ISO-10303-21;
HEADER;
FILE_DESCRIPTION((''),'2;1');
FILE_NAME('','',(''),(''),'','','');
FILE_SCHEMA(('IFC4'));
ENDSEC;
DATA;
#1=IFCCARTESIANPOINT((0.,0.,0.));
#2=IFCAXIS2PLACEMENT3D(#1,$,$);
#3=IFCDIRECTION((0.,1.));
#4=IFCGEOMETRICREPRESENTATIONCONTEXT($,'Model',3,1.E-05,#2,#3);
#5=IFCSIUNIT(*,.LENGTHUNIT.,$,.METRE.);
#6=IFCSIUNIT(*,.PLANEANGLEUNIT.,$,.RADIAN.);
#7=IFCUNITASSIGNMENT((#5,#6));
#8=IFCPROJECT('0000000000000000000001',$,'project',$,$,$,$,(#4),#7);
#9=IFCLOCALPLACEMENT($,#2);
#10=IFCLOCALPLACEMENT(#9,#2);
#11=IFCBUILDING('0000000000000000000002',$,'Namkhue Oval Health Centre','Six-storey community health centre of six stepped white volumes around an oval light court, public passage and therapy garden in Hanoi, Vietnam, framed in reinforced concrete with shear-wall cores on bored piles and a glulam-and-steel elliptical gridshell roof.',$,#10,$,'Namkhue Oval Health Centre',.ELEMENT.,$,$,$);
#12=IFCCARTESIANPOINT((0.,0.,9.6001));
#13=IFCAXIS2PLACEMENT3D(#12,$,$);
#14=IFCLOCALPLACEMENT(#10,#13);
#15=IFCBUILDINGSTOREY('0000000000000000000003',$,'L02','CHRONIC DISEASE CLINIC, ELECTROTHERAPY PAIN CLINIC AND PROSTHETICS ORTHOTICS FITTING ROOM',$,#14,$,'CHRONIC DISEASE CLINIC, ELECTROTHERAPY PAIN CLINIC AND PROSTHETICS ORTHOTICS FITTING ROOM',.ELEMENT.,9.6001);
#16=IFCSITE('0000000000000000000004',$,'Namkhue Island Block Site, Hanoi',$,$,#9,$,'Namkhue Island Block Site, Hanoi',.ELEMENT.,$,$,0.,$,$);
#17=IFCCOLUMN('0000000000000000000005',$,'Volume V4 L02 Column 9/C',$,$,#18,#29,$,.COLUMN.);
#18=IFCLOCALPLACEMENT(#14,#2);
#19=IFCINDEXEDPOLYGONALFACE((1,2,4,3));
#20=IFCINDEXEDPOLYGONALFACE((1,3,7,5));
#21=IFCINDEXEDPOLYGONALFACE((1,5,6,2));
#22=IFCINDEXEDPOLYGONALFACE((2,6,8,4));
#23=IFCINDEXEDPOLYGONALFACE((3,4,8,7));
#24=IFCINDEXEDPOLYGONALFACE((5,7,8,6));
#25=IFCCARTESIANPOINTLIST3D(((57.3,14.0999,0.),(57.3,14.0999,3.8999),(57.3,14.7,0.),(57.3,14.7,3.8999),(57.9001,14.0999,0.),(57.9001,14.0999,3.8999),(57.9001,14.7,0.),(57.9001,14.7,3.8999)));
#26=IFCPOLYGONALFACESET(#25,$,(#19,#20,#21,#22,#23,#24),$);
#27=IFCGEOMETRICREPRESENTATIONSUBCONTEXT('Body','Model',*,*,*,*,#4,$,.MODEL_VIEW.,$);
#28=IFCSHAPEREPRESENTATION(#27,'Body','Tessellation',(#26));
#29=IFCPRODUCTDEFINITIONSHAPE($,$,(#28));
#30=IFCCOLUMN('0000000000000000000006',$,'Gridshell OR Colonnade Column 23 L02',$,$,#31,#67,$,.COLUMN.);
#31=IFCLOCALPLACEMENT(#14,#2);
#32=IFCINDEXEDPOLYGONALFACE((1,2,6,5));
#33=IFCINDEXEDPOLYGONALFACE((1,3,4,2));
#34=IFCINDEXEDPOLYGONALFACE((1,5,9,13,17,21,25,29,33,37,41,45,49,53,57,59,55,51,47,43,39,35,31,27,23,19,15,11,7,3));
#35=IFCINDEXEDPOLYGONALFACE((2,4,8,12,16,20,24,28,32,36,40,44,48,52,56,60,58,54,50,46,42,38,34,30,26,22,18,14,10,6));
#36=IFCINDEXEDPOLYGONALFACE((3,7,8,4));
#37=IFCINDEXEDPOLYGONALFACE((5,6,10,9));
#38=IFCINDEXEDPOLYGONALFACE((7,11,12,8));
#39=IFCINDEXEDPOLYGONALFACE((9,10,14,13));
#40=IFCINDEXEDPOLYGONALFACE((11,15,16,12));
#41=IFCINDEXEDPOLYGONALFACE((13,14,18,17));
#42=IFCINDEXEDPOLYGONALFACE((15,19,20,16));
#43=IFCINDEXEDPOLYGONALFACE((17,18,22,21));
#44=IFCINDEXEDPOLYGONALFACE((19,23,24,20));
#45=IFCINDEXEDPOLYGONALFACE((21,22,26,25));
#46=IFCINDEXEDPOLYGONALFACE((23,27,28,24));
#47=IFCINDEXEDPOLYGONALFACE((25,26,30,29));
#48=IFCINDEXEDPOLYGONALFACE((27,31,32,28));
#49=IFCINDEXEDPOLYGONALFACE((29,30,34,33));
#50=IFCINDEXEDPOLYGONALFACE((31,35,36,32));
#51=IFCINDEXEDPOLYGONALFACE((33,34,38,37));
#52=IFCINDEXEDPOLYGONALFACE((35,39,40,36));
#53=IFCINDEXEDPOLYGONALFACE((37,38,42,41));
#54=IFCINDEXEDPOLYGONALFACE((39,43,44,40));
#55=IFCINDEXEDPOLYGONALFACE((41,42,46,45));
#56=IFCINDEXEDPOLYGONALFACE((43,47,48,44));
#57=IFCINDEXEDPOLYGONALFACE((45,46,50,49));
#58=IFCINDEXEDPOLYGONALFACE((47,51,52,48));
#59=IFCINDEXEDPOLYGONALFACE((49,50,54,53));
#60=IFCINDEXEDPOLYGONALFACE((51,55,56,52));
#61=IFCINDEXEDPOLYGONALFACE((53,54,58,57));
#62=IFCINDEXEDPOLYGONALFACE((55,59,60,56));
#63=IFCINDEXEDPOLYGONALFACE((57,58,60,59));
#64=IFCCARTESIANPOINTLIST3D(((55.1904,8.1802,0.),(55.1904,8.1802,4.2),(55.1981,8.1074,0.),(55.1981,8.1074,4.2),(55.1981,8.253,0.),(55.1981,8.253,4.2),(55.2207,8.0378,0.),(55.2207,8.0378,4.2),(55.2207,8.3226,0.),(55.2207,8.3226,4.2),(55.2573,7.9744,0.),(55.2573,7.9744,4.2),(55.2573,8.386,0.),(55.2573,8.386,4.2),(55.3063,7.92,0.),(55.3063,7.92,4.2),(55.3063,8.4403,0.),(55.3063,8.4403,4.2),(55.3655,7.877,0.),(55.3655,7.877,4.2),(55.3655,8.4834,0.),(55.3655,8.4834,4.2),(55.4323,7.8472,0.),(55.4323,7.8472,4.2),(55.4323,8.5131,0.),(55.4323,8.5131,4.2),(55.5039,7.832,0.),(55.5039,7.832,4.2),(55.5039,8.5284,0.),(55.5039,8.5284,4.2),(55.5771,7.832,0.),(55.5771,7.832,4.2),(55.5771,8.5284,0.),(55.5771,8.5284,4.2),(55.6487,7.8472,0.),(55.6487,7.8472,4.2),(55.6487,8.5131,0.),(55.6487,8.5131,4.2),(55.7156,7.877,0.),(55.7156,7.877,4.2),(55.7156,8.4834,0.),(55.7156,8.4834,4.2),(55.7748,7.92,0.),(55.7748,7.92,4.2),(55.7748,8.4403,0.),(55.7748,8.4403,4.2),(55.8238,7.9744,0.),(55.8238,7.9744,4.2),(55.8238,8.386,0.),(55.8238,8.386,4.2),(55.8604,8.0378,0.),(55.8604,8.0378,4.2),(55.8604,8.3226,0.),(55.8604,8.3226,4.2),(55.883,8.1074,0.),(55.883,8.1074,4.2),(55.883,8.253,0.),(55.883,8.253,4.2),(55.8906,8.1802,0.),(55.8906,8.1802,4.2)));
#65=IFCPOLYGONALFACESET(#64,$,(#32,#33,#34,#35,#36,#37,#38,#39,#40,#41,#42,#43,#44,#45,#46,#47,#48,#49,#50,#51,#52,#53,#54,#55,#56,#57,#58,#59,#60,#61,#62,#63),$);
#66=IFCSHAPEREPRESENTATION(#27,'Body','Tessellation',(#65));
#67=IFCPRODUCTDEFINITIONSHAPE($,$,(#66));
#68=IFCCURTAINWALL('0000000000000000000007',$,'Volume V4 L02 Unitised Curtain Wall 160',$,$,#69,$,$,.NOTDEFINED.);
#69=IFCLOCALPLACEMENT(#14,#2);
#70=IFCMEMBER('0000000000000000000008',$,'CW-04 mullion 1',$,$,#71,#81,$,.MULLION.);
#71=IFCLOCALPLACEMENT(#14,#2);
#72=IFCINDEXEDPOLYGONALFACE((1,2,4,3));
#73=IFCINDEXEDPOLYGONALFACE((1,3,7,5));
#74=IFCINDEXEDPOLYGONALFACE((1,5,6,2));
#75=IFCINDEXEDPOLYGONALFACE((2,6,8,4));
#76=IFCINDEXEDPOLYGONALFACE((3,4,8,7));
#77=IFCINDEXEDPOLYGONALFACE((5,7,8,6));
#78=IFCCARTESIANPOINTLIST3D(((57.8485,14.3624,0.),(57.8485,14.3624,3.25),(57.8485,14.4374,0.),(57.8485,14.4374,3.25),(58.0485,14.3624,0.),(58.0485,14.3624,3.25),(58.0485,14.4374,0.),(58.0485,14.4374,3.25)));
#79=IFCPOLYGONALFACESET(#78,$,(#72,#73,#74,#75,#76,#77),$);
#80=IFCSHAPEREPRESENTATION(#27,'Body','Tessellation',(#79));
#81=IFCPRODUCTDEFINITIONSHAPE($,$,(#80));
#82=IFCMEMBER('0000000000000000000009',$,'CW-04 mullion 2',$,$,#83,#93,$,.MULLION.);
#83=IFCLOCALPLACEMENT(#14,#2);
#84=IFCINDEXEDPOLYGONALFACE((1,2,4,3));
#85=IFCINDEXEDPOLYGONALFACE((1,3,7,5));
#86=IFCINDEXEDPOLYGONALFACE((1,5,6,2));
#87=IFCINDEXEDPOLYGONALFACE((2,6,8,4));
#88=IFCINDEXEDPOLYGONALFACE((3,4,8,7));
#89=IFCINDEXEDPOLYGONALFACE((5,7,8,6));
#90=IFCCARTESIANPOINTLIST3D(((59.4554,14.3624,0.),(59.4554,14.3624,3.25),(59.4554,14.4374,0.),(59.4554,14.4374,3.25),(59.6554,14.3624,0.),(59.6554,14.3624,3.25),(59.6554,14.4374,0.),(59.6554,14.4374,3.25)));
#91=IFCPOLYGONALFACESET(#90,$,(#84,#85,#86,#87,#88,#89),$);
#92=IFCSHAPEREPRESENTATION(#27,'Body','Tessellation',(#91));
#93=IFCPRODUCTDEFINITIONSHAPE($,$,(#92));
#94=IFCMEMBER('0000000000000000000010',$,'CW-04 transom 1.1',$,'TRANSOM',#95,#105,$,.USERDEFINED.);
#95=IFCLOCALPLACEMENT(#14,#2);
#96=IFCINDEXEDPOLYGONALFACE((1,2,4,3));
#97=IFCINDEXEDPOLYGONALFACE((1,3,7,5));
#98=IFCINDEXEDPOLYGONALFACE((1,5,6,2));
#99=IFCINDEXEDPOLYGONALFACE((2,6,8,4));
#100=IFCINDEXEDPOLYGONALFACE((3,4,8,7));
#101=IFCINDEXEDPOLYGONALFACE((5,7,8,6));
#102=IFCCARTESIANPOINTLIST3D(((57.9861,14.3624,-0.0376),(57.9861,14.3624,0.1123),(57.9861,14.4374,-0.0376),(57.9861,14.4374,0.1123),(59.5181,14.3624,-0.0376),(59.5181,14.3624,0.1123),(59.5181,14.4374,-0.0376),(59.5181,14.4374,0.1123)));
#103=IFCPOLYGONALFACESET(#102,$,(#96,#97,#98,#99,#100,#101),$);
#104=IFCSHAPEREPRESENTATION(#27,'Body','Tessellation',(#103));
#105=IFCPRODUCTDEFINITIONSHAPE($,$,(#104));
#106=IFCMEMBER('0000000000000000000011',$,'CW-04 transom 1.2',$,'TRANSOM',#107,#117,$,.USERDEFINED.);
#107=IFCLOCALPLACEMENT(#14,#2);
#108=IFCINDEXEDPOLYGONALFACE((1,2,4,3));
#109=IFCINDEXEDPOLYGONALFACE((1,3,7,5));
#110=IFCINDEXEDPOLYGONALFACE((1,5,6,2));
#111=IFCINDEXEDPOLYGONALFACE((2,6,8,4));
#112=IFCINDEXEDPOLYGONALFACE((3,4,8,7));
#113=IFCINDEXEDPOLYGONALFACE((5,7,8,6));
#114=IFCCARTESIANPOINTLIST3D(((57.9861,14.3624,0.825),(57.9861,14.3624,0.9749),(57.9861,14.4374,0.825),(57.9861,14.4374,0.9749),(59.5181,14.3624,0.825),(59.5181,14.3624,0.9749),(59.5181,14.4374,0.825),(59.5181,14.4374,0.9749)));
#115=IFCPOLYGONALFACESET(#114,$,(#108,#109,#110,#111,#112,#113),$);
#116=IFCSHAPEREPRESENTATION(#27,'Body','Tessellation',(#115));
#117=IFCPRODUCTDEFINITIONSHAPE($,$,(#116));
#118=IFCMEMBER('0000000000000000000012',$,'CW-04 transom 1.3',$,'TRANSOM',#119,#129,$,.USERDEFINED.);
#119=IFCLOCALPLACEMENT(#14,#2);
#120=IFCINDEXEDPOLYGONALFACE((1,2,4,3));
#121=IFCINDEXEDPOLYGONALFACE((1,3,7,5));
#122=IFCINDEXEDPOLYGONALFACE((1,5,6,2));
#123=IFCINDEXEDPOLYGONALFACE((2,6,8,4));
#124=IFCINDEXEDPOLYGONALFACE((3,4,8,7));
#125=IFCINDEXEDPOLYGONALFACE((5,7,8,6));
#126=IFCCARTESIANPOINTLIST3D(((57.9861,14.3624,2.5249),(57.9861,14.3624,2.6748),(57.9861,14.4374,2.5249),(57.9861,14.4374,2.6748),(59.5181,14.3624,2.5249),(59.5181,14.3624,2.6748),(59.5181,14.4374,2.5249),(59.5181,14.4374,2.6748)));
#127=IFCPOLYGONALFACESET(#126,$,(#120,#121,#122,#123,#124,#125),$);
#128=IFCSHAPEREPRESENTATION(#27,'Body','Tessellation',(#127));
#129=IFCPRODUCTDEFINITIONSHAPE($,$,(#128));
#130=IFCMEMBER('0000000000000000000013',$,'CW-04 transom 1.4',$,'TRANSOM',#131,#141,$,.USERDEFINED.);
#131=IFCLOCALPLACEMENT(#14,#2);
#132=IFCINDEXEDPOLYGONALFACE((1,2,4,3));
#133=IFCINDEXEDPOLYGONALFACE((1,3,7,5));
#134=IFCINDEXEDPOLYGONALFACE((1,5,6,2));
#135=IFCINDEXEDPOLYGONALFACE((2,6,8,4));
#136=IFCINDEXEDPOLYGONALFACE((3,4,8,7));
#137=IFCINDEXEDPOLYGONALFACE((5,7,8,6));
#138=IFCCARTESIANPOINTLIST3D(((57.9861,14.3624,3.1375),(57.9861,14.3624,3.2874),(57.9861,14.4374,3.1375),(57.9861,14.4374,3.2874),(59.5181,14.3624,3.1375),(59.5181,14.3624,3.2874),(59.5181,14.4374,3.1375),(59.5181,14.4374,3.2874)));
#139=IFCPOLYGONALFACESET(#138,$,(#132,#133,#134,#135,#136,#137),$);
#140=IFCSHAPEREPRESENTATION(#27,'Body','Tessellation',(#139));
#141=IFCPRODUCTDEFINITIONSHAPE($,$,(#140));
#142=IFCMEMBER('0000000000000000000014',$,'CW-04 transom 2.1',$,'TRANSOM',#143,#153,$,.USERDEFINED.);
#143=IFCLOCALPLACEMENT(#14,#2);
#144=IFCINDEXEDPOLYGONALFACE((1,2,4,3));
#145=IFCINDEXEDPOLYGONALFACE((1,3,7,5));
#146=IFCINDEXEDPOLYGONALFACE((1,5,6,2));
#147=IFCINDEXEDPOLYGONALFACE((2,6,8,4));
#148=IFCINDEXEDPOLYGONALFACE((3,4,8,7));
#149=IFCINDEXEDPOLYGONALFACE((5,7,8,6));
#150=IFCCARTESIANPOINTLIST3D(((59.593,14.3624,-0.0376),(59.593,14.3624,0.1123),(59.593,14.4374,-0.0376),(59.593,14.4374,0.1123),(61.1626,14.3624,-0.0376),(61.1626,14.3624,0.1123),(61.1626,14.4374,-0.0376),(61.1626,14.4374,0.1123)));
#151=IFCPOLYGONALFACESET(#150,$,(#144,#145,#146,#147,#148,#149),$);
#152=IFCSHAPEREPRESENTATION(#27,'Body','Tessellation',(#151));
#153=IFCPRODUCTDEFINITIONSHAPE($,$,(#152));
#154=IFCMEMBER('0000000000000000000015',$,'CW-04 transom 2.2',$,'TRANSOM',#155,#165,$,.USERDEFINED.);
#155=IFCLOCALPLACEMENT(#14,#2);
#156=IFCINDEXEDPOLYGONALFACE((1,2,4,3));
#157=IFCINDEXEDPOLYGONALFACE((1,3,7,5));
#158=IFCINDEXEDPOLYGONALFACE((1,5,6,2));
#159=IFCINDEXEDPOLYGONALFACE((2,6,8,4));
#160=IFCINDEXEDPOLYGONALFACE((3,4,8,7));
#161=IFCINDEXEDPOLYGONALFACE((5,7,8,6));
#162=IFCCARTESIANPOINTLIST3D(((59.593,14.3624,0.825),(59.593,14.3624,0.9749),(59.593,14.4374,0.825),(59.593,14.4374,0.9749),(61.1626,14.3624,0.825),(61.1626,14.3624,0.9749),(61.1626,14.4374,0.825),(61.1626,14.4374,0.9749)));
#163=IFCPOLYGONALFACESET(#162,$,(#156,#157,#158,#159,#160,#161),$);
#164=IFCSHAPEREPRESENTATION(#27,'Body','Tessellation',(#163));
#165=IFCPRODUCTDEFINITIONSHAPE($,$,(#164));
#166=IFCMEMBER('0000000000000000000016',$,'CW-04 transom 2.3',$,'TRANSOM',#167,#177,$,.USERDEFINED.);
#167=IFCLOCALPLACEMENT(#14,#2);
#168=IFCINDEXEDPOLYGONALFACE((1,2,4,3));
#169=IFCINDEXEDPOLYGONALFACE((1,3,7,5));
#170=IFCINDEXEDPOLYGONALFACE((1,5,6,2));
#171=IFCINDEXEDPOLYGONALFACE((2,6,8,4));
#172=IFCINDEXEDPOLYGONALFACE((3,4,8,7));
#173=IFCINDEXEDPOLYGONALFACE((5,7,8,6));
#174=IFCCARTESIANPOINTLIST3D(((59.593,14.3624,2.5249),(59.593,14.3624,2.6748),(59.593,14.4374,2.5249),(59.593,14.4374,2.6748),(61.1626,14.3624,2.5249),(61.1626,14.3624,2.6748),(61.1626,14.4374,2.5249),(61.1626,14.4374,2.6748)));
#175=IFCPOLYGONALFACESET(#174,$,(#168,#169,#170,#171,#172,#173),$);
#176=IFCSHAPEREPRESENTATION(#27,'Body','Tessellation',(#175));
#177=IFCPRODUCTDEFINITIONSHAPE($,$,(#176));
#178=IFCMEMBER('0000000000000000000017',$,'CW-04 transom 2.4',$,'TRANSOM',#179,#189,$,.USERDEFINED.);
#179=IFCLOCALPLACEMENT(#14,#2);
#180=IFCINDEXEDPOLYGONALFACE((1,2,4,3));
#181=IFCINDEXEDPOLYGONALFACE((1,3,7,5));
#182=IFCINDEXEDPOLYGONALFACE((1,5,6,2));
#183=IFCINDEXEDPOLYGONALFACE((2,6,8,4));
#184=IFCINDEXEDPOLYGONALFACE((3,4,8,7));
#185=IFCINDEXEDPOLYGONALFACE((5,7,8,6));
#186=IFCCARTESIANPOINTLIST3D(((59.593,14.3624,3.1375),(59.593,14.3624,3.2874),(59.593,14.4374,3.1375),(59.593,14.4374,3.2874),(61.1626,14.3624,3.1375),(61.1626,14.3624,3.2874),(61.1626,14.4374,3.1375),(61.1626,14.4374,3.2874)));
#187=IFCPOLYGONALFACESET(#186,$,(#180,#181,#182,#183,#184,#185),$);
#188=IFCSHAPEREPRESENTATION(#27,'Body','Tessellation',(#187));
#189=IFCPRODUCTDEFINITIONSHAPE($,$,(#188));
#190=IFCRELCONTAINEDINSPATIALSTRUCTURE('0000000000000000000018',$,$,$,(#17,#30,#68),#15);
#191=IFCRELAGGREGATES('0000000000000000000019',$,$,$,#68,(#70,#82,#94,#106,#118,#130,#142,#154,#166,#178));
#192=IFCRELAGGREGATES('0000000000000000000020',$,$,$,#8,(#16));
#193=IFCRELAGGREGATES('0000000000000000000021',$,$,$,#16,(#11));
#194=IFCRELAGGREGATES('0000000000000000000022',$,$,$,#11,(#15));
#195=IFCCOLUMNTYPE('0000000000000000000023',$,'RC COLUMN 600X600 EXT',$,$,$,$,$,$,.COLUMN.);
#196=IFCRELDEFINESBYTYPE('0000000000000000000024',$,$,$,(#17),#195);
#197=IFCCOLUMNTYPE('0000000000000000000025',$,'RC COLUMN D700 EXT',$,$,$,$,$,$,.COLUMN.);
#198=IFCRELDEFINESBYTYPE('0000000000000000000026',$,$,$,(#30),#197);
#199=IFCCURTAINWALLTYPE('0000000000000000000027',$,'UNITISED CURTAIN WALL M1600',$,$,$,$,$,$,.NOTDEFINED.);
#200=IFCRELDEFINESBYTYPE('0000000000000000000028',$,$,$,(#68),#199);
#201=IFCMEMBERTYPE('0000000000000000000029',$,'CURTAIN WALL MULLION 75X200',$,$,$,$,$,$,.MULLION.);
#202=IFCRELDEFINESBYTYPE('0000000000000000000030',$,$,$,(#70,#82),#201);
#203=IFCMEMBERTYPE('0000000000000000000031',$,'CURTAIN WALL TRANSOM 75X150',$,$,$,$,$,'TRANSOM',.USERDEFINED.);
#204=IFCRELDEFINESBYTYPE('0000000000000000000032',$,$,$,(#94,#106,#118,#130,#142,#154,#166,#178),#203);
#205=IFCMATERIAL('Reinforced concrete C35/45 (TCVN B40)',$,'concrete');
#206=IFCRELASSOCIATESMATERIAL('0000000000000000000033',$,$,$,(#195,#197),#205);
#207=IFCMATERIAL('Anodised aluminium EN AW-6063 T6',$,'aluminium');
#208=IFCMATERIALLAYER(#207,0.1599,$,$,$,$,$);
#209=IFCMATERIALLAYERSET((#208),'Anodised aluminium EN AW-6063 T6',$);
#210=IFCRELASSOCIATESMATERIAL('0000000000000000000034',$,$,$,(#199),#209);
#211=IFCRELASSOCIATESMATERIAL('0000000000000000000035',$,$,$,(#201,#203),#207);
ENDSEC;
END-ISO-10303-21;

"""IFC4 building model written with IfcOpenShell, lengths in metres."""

from ifc_helpers import new_model, si_unit, direction, frame, origin, origin_2d, place, context, subcontext, project, spatial, rectangle, circle, extrude, material, layer, layer_set, material_profile, profile_set, type_object, element, aggregate, save


model = new_model("IFC4")

# Units and contexts
model_context = context("Model", 3, precision=1e-05, world=origin(), true_north=direction((0.0, 1.0)))
body_context = subcontext(model_context, "Body", "Model", "MODEL_VIEW")
ifc_project = project(units=[si_unit("LENGTHUNIT", "METRE"), si_unit("PLANEANGLEUNIT", "RADIAN")], contexts=[model_context])

# Site, building, storey
site_placement = place(None, origin())
site = spatial("IfcSite", under=ifc_project, at=site_placement, Name="Namkhue Island Block Site, Hanoi", LongName="Namkhue Island Block Site, Hanoi", CompositionType="ELEMENT", RefElevation=0.0)
building_placement = place(site_placement, origin())
building = spatial("IfcBuilding", under=site, at=building_placement, Name="Namkhue Oval Health Centre", Description="Six-storey community health centre of six stepped white volumes around an oval light court, public passage and therapy garden in Hanoi, Vietnam, framed in reinforced concrete with shear-wall cores on bored piles and a glulam-and-steel elliptical gridshell roof.", LongName="Namkhue Oval Health Centre", CompositionType="ELEMENT")
storey_placement = place(building_placement, frame((0.0, 0.0, 9.6001)))
storey = spatial("IfcBuildingStorey", under=building, at=storey_placement, Name="L02", Description="CHRONIC DISEASE CLINIC, ELECTROTHERAPY PAIN CLINIC AND PROSTHETICS ORTHOTICS FITTING ROOM", LongName="CHRONIC DISEASE CLINIC, ELECTROTHERAPY PAIN CLINIC AND PROSTHETICS ORTHOTICS FITTING ROOM", CompositionType="ELEMENT", Elevation=9.6001)

# Columns
ifc_material_1 = material(Name="Reinforced concrete C35/45 (TCVN B40)", Category="concrete")
ifc_material_profile_1 = material_profile(ifc_material_1, rectangle(XDim=0.6001, YDim=0.6001, at=origin_2d()), Name="RC 600x600")
ifc_profile_set_1 = profile_set([ifc_material_profile_1], Name="Reinforced concrete C35/45 (TCVN B40)")
column_type_1 = type_object("IfcColumnType", Name="RC COLUMN 600X600 EXT", PredefinedType="COLUMN", material=ifc_profile_set_1)
column_1_placement = place(storey_placement, frame((57.6001, 14.3999, 0.0), z_axis=(0.0, 0.0, 1.0), x_axis=(1.0, 0.0, 0.0)))
element("IfcColumn", 1, at=column_1_placement, inside=storey, type_object=column_type_1, Name="Volume V4 L02 Column 9/C", PredefinedType="COLUMN", context=body_context, shape_type="SweptSolid", body=[
    extrude(rectangle(XDim=0.6001, YDim=0.6001, at=origin_2d()), origin(), (0.0, 0.0, 1.0), 3.8999),
])
ifc_material_profile_2 = material_profile(ifc_material_1, circle(Radius=0.3501, at=origin_2d()), Name="RC D700")
ifc_profile_set_2 = profile_set([ifc_material_profile_2], Name="Reinforced concrete C35/45 (TCVN B40)")
column_type_2 = type_object("IfcColumnType", Name="RC COLUMN D700 EXT", PredefinedType="COLUMN", material=ifc_profile_set_2)
column_2_placement = place(storey_placement, frame((55.5405, 8.1802, 0.0), z_axis=(0.0, 0.0, 1.0), x_axis=(1.0, 0.0, 0.0)))
element("IfcColumn", 2, at=column_2_placement, inside=storey, type_object=column_type_2, Name="Gridshell OR Colonnade Column 23 L02", PredefinedType="COLUMN", context=body_context, shape_type="SweptSolid", body=[
    extrude(circle(Radius=0.3501, at=origin_2d()), origin(), (0.0, 0.0, 1.0), 4.2),
])

# Curtain wall, members
ifc_material_2 = material(Name="Anodised aluminium EN AW-6063 T6", Category="aluminium")
ifc_layer_1 = layer(ifc_material_2, 0.1599)
ifc_layer_set_1 = layer_set([ifc_layer_1], Name="Anodised aluminium EN AW-6063 T6")
curtain_wall_type = type_object("IfcCurtainWallType", Name="UNITISED CURTAIN WALL M1600", PredefinedType="NOTDEFINED", material=ifc_layer_set_1)
curtain_wall_placement = place(storey_placement, origin())
curtain_wall = element("IfcCurtainWall", 3, at=curtain_wall_placement, inside=storey, type_object=curtain_wall_type, Name="Volume V4 L02 Unitised Curtain Wall 160", PredefinedType="NOTDEFINED")
ifc_material_profile_3 = material_profile(ifc_material_2, rectangle(XDim=0.075, YDim=0.2, at=origin_2d()), Name="ALU 75x200")
ifc_profile_set_3 = profile_set([ifc_material_profile_3], Name="Anodised aluminium EN AW-6063 T6")
member_type_1 = type_object("IfcMemberType", Name="CURTAIN WALL MULLION 75X200", PredefinedType="MULLION", material=ifc_profile_set_3)
member_1_placement = place(storey_placement, frame((57.9485, 14.3999, 0.0), z_axis=(0.0, 0.0, 1.0), x_axis=(0.0, 1.0, 0.0)))
member_1 = element("IfcMember", 4, at=member_1_placement, type_object=member_type_1, Name="CW-04 mullion 1", PredefinedType="MULLION", context=body_context, shape_type="SweptSolid", body=[
    extrude(rectangle(XDim=0.075, YDim=0.2, at=origin_2d()), origin(), (0.0, 0.0, 1.0), 3.25),
])
member_2_placement = place(storey_placement, frame((59.5554, 14.3999, 0.0), z_axis=(0.0, 0.0, 1.0), x_axis=(0.0, 1.0, 0.0)))
member_2 = element("IfcMember", 5, at=member_2_placement, type_object=member_type_1, Name="CW-04 mullion 2", PredefinedType="MULLION", context=body_context, shape_type="SweptSolid", body=[
    extrude(rectangle(XDim=0.075, YDim=0.2, at=origin_2d()), origin(), (0.0, 0.0, 1.0), 3.25),
])
ifc_material_profile_4 = material_profile(ifc_material_2, rectangle(XDim=0.075, YDim=0.1499, at=origin_2d()), Name="ALU 75x150")
ifc_profile_set_4 = profile_set([ifc_material_profile_4], Name="Anodised aluminium EN AW-6063 T6")
member_type_2 = type_object("IfcMemberType", Name="CURTAIN WALL TRANSOM 75X150", ElementType="TRANSOM", PredefinedType="USERDEFINED", material=ifc_profile_set_4)
member_3_placement = place(storey_placement, frame((57.9861, 14.3999, 0.0374), z_axis=(1.0, 0.0, 0.0), x_axis=(0.0, 1.0, 0.0)))
member_3 = element("IfcMember", 6, at=member_3_placement, type_object=member_type_2, Name="CW-04 transom 1.1", ObjectType="TRANSOM", PredefinedType="USERDEFINED", context=body_context, shape_type="SweptSolid", body=[
    extrude(rectangle(XDim=0.075, YDim=0.1499, at=origin_2d()), origin(), (0.0, 0.0, 1.0), 1.532),
])
member_4_placement = place(storey_placement, frame((57.9861, 14.3999, 0.8999), z_axis=(1.0, 0.0, 0.0), x_axis=(0.0, 1.0, 0.0)))
member_4 = element("IfcMember", 7, at=member_4_placement, type_object=member_type_2, Name="CW-04 transom 1.2", ObjectType="TRANSOM", PredefinedType="USERDEFINED", context=body_context, shape_type="SweptSolid", body=[
    extrude(rectangle(XDim=0.075, YDim=0.1499, at=origin_2d()), origin(), (0.0, 0.0, 1.0), 1.532),
])
member_5_placement = place(storey_placement, frame((57.9861, 14.3999, 2.5999), z_axis=(1.0, 0.0, 0.0), x_axis=(0.0, 1.0, 0.0)))
member_5 = element("IfcMember", 8, at=member_5_placement, type_object=member_type_2, Name="CW-04 transom 1.3", ObjectType="TRANSOM", PredefinedType="USERDEFINED", context=body_context, shape_type="SweptSolid", body=[
    extrude(rectangle(XDim=0.075, YDim=0.1499, at=origin_2d()), origin(), (0.0, 0.0, 1.0), 1.532),
])
member_6_placement = place(storey_placement, frame((57.9861, 14.3999, 3.2124), z_axis=(1.0, 0.0, 0.0), x_axis=(0.0, 1.0, 0.0)))
member_6 = element("IfcMember", 9, at=member_6_placement, type_object=member_type_2, Name="CW-04 transom 1.4", ObjectType="TRANSOM", PredefinedType="USERDEFINED", context=body_context, shape_type="SweptSolid", body=[
    extrude(rectangle(XDim=0.075, YDim=0.1499, at=origin_2d()), origin(), (0.0, 0.0, 1.0), 1.532),
])
member_7_placement = place(storey_placement, frame((59.593, 14.3999, 0.0374), z_axis=(1.0, 0.0, 0.0), x_axis=(0.0, 1.0, 0.0)))
member_7 = element("IfcMember", 10, at=member_7_placement, type_object=member_type_2, Name="CW-04 transom 2.1", ObjectType="TRANSOM", PredefinedType="USERDEFINED", context=body_context, shape_type="SweptSolid", body=[
    extrude(rectangle(XDim=0.075, YDim=0.1499, at=origin_2d()), origin(), (0.0, 0.0, 1.0), 1.5696),
])
member_8_placement = place(storey_placement, frame((59.593, 14.3999, 0.8999), z_axis=(1.0, 0.0, 0.0), x_axis=(0.0, 1.0, 0.0)))
member_8 = element("IfcMember", 11, at=member_8_placement, type_object=member_type_2, Name="CW-04 transom 2.2", ObjectType="TRANSOM", PredefinedType="USERDEFINED", context=body_context, shape_type="SweptSolid", body=[
    extrude(rectangle(XDim=0.075, YDim=0.1499, at=origin_2d()), origin(), (0.0, 0.0, 1.0), 1.5696),
])
member_9_placement = place(storey_placement, frame((59.593, 14.3999, 2.5999), z_axis=(1.0, 0.0, 0.0), x_axis=(0.0, 1.0, 0.0)))
member_9 = element("IfcMember", 12, at=member_9_placement, type_object=member_type_2, Name="CW-04 transom 2.3", ObjectType="TRANSOM", PredefinedType="USERDEFINED", context=body_context, shape_type="SweptSolid", body=[
    extrude(rectangle(XDim=0.075, YDim=0.1499, at=origin_2d()), origin(), (0.0, 0.0, 1.0), 1.5696),
])
member_10_placement = place(storey_placement, frame((59.593, 14.3999, 3.2124), z_axis=(1.0, 0.0, 0.0), x_axis=(0.0, 1.0, 0.0)))
member_10 = element("IfcMember", 13, at=member_10_placement, type_object=member_type_2, Name="CW-04 transom 2.4", ObjectType="TRANSOM", PredefinedType="USERDEFINED", context=body_context, shape_type="SweptSolid", body=[
    extrude(rectangle(XDim=0.075, YDim=0.1499, at=origin_2d()), origin(), (0.0, 0.0, 1.0), 1.5696),
])

aggregate(curtain_wall, [member_1, member_2, member_3, member_4, member_5, member_6, member_7, member_8, member_9, member_10])

save(model, "model.ifc")
